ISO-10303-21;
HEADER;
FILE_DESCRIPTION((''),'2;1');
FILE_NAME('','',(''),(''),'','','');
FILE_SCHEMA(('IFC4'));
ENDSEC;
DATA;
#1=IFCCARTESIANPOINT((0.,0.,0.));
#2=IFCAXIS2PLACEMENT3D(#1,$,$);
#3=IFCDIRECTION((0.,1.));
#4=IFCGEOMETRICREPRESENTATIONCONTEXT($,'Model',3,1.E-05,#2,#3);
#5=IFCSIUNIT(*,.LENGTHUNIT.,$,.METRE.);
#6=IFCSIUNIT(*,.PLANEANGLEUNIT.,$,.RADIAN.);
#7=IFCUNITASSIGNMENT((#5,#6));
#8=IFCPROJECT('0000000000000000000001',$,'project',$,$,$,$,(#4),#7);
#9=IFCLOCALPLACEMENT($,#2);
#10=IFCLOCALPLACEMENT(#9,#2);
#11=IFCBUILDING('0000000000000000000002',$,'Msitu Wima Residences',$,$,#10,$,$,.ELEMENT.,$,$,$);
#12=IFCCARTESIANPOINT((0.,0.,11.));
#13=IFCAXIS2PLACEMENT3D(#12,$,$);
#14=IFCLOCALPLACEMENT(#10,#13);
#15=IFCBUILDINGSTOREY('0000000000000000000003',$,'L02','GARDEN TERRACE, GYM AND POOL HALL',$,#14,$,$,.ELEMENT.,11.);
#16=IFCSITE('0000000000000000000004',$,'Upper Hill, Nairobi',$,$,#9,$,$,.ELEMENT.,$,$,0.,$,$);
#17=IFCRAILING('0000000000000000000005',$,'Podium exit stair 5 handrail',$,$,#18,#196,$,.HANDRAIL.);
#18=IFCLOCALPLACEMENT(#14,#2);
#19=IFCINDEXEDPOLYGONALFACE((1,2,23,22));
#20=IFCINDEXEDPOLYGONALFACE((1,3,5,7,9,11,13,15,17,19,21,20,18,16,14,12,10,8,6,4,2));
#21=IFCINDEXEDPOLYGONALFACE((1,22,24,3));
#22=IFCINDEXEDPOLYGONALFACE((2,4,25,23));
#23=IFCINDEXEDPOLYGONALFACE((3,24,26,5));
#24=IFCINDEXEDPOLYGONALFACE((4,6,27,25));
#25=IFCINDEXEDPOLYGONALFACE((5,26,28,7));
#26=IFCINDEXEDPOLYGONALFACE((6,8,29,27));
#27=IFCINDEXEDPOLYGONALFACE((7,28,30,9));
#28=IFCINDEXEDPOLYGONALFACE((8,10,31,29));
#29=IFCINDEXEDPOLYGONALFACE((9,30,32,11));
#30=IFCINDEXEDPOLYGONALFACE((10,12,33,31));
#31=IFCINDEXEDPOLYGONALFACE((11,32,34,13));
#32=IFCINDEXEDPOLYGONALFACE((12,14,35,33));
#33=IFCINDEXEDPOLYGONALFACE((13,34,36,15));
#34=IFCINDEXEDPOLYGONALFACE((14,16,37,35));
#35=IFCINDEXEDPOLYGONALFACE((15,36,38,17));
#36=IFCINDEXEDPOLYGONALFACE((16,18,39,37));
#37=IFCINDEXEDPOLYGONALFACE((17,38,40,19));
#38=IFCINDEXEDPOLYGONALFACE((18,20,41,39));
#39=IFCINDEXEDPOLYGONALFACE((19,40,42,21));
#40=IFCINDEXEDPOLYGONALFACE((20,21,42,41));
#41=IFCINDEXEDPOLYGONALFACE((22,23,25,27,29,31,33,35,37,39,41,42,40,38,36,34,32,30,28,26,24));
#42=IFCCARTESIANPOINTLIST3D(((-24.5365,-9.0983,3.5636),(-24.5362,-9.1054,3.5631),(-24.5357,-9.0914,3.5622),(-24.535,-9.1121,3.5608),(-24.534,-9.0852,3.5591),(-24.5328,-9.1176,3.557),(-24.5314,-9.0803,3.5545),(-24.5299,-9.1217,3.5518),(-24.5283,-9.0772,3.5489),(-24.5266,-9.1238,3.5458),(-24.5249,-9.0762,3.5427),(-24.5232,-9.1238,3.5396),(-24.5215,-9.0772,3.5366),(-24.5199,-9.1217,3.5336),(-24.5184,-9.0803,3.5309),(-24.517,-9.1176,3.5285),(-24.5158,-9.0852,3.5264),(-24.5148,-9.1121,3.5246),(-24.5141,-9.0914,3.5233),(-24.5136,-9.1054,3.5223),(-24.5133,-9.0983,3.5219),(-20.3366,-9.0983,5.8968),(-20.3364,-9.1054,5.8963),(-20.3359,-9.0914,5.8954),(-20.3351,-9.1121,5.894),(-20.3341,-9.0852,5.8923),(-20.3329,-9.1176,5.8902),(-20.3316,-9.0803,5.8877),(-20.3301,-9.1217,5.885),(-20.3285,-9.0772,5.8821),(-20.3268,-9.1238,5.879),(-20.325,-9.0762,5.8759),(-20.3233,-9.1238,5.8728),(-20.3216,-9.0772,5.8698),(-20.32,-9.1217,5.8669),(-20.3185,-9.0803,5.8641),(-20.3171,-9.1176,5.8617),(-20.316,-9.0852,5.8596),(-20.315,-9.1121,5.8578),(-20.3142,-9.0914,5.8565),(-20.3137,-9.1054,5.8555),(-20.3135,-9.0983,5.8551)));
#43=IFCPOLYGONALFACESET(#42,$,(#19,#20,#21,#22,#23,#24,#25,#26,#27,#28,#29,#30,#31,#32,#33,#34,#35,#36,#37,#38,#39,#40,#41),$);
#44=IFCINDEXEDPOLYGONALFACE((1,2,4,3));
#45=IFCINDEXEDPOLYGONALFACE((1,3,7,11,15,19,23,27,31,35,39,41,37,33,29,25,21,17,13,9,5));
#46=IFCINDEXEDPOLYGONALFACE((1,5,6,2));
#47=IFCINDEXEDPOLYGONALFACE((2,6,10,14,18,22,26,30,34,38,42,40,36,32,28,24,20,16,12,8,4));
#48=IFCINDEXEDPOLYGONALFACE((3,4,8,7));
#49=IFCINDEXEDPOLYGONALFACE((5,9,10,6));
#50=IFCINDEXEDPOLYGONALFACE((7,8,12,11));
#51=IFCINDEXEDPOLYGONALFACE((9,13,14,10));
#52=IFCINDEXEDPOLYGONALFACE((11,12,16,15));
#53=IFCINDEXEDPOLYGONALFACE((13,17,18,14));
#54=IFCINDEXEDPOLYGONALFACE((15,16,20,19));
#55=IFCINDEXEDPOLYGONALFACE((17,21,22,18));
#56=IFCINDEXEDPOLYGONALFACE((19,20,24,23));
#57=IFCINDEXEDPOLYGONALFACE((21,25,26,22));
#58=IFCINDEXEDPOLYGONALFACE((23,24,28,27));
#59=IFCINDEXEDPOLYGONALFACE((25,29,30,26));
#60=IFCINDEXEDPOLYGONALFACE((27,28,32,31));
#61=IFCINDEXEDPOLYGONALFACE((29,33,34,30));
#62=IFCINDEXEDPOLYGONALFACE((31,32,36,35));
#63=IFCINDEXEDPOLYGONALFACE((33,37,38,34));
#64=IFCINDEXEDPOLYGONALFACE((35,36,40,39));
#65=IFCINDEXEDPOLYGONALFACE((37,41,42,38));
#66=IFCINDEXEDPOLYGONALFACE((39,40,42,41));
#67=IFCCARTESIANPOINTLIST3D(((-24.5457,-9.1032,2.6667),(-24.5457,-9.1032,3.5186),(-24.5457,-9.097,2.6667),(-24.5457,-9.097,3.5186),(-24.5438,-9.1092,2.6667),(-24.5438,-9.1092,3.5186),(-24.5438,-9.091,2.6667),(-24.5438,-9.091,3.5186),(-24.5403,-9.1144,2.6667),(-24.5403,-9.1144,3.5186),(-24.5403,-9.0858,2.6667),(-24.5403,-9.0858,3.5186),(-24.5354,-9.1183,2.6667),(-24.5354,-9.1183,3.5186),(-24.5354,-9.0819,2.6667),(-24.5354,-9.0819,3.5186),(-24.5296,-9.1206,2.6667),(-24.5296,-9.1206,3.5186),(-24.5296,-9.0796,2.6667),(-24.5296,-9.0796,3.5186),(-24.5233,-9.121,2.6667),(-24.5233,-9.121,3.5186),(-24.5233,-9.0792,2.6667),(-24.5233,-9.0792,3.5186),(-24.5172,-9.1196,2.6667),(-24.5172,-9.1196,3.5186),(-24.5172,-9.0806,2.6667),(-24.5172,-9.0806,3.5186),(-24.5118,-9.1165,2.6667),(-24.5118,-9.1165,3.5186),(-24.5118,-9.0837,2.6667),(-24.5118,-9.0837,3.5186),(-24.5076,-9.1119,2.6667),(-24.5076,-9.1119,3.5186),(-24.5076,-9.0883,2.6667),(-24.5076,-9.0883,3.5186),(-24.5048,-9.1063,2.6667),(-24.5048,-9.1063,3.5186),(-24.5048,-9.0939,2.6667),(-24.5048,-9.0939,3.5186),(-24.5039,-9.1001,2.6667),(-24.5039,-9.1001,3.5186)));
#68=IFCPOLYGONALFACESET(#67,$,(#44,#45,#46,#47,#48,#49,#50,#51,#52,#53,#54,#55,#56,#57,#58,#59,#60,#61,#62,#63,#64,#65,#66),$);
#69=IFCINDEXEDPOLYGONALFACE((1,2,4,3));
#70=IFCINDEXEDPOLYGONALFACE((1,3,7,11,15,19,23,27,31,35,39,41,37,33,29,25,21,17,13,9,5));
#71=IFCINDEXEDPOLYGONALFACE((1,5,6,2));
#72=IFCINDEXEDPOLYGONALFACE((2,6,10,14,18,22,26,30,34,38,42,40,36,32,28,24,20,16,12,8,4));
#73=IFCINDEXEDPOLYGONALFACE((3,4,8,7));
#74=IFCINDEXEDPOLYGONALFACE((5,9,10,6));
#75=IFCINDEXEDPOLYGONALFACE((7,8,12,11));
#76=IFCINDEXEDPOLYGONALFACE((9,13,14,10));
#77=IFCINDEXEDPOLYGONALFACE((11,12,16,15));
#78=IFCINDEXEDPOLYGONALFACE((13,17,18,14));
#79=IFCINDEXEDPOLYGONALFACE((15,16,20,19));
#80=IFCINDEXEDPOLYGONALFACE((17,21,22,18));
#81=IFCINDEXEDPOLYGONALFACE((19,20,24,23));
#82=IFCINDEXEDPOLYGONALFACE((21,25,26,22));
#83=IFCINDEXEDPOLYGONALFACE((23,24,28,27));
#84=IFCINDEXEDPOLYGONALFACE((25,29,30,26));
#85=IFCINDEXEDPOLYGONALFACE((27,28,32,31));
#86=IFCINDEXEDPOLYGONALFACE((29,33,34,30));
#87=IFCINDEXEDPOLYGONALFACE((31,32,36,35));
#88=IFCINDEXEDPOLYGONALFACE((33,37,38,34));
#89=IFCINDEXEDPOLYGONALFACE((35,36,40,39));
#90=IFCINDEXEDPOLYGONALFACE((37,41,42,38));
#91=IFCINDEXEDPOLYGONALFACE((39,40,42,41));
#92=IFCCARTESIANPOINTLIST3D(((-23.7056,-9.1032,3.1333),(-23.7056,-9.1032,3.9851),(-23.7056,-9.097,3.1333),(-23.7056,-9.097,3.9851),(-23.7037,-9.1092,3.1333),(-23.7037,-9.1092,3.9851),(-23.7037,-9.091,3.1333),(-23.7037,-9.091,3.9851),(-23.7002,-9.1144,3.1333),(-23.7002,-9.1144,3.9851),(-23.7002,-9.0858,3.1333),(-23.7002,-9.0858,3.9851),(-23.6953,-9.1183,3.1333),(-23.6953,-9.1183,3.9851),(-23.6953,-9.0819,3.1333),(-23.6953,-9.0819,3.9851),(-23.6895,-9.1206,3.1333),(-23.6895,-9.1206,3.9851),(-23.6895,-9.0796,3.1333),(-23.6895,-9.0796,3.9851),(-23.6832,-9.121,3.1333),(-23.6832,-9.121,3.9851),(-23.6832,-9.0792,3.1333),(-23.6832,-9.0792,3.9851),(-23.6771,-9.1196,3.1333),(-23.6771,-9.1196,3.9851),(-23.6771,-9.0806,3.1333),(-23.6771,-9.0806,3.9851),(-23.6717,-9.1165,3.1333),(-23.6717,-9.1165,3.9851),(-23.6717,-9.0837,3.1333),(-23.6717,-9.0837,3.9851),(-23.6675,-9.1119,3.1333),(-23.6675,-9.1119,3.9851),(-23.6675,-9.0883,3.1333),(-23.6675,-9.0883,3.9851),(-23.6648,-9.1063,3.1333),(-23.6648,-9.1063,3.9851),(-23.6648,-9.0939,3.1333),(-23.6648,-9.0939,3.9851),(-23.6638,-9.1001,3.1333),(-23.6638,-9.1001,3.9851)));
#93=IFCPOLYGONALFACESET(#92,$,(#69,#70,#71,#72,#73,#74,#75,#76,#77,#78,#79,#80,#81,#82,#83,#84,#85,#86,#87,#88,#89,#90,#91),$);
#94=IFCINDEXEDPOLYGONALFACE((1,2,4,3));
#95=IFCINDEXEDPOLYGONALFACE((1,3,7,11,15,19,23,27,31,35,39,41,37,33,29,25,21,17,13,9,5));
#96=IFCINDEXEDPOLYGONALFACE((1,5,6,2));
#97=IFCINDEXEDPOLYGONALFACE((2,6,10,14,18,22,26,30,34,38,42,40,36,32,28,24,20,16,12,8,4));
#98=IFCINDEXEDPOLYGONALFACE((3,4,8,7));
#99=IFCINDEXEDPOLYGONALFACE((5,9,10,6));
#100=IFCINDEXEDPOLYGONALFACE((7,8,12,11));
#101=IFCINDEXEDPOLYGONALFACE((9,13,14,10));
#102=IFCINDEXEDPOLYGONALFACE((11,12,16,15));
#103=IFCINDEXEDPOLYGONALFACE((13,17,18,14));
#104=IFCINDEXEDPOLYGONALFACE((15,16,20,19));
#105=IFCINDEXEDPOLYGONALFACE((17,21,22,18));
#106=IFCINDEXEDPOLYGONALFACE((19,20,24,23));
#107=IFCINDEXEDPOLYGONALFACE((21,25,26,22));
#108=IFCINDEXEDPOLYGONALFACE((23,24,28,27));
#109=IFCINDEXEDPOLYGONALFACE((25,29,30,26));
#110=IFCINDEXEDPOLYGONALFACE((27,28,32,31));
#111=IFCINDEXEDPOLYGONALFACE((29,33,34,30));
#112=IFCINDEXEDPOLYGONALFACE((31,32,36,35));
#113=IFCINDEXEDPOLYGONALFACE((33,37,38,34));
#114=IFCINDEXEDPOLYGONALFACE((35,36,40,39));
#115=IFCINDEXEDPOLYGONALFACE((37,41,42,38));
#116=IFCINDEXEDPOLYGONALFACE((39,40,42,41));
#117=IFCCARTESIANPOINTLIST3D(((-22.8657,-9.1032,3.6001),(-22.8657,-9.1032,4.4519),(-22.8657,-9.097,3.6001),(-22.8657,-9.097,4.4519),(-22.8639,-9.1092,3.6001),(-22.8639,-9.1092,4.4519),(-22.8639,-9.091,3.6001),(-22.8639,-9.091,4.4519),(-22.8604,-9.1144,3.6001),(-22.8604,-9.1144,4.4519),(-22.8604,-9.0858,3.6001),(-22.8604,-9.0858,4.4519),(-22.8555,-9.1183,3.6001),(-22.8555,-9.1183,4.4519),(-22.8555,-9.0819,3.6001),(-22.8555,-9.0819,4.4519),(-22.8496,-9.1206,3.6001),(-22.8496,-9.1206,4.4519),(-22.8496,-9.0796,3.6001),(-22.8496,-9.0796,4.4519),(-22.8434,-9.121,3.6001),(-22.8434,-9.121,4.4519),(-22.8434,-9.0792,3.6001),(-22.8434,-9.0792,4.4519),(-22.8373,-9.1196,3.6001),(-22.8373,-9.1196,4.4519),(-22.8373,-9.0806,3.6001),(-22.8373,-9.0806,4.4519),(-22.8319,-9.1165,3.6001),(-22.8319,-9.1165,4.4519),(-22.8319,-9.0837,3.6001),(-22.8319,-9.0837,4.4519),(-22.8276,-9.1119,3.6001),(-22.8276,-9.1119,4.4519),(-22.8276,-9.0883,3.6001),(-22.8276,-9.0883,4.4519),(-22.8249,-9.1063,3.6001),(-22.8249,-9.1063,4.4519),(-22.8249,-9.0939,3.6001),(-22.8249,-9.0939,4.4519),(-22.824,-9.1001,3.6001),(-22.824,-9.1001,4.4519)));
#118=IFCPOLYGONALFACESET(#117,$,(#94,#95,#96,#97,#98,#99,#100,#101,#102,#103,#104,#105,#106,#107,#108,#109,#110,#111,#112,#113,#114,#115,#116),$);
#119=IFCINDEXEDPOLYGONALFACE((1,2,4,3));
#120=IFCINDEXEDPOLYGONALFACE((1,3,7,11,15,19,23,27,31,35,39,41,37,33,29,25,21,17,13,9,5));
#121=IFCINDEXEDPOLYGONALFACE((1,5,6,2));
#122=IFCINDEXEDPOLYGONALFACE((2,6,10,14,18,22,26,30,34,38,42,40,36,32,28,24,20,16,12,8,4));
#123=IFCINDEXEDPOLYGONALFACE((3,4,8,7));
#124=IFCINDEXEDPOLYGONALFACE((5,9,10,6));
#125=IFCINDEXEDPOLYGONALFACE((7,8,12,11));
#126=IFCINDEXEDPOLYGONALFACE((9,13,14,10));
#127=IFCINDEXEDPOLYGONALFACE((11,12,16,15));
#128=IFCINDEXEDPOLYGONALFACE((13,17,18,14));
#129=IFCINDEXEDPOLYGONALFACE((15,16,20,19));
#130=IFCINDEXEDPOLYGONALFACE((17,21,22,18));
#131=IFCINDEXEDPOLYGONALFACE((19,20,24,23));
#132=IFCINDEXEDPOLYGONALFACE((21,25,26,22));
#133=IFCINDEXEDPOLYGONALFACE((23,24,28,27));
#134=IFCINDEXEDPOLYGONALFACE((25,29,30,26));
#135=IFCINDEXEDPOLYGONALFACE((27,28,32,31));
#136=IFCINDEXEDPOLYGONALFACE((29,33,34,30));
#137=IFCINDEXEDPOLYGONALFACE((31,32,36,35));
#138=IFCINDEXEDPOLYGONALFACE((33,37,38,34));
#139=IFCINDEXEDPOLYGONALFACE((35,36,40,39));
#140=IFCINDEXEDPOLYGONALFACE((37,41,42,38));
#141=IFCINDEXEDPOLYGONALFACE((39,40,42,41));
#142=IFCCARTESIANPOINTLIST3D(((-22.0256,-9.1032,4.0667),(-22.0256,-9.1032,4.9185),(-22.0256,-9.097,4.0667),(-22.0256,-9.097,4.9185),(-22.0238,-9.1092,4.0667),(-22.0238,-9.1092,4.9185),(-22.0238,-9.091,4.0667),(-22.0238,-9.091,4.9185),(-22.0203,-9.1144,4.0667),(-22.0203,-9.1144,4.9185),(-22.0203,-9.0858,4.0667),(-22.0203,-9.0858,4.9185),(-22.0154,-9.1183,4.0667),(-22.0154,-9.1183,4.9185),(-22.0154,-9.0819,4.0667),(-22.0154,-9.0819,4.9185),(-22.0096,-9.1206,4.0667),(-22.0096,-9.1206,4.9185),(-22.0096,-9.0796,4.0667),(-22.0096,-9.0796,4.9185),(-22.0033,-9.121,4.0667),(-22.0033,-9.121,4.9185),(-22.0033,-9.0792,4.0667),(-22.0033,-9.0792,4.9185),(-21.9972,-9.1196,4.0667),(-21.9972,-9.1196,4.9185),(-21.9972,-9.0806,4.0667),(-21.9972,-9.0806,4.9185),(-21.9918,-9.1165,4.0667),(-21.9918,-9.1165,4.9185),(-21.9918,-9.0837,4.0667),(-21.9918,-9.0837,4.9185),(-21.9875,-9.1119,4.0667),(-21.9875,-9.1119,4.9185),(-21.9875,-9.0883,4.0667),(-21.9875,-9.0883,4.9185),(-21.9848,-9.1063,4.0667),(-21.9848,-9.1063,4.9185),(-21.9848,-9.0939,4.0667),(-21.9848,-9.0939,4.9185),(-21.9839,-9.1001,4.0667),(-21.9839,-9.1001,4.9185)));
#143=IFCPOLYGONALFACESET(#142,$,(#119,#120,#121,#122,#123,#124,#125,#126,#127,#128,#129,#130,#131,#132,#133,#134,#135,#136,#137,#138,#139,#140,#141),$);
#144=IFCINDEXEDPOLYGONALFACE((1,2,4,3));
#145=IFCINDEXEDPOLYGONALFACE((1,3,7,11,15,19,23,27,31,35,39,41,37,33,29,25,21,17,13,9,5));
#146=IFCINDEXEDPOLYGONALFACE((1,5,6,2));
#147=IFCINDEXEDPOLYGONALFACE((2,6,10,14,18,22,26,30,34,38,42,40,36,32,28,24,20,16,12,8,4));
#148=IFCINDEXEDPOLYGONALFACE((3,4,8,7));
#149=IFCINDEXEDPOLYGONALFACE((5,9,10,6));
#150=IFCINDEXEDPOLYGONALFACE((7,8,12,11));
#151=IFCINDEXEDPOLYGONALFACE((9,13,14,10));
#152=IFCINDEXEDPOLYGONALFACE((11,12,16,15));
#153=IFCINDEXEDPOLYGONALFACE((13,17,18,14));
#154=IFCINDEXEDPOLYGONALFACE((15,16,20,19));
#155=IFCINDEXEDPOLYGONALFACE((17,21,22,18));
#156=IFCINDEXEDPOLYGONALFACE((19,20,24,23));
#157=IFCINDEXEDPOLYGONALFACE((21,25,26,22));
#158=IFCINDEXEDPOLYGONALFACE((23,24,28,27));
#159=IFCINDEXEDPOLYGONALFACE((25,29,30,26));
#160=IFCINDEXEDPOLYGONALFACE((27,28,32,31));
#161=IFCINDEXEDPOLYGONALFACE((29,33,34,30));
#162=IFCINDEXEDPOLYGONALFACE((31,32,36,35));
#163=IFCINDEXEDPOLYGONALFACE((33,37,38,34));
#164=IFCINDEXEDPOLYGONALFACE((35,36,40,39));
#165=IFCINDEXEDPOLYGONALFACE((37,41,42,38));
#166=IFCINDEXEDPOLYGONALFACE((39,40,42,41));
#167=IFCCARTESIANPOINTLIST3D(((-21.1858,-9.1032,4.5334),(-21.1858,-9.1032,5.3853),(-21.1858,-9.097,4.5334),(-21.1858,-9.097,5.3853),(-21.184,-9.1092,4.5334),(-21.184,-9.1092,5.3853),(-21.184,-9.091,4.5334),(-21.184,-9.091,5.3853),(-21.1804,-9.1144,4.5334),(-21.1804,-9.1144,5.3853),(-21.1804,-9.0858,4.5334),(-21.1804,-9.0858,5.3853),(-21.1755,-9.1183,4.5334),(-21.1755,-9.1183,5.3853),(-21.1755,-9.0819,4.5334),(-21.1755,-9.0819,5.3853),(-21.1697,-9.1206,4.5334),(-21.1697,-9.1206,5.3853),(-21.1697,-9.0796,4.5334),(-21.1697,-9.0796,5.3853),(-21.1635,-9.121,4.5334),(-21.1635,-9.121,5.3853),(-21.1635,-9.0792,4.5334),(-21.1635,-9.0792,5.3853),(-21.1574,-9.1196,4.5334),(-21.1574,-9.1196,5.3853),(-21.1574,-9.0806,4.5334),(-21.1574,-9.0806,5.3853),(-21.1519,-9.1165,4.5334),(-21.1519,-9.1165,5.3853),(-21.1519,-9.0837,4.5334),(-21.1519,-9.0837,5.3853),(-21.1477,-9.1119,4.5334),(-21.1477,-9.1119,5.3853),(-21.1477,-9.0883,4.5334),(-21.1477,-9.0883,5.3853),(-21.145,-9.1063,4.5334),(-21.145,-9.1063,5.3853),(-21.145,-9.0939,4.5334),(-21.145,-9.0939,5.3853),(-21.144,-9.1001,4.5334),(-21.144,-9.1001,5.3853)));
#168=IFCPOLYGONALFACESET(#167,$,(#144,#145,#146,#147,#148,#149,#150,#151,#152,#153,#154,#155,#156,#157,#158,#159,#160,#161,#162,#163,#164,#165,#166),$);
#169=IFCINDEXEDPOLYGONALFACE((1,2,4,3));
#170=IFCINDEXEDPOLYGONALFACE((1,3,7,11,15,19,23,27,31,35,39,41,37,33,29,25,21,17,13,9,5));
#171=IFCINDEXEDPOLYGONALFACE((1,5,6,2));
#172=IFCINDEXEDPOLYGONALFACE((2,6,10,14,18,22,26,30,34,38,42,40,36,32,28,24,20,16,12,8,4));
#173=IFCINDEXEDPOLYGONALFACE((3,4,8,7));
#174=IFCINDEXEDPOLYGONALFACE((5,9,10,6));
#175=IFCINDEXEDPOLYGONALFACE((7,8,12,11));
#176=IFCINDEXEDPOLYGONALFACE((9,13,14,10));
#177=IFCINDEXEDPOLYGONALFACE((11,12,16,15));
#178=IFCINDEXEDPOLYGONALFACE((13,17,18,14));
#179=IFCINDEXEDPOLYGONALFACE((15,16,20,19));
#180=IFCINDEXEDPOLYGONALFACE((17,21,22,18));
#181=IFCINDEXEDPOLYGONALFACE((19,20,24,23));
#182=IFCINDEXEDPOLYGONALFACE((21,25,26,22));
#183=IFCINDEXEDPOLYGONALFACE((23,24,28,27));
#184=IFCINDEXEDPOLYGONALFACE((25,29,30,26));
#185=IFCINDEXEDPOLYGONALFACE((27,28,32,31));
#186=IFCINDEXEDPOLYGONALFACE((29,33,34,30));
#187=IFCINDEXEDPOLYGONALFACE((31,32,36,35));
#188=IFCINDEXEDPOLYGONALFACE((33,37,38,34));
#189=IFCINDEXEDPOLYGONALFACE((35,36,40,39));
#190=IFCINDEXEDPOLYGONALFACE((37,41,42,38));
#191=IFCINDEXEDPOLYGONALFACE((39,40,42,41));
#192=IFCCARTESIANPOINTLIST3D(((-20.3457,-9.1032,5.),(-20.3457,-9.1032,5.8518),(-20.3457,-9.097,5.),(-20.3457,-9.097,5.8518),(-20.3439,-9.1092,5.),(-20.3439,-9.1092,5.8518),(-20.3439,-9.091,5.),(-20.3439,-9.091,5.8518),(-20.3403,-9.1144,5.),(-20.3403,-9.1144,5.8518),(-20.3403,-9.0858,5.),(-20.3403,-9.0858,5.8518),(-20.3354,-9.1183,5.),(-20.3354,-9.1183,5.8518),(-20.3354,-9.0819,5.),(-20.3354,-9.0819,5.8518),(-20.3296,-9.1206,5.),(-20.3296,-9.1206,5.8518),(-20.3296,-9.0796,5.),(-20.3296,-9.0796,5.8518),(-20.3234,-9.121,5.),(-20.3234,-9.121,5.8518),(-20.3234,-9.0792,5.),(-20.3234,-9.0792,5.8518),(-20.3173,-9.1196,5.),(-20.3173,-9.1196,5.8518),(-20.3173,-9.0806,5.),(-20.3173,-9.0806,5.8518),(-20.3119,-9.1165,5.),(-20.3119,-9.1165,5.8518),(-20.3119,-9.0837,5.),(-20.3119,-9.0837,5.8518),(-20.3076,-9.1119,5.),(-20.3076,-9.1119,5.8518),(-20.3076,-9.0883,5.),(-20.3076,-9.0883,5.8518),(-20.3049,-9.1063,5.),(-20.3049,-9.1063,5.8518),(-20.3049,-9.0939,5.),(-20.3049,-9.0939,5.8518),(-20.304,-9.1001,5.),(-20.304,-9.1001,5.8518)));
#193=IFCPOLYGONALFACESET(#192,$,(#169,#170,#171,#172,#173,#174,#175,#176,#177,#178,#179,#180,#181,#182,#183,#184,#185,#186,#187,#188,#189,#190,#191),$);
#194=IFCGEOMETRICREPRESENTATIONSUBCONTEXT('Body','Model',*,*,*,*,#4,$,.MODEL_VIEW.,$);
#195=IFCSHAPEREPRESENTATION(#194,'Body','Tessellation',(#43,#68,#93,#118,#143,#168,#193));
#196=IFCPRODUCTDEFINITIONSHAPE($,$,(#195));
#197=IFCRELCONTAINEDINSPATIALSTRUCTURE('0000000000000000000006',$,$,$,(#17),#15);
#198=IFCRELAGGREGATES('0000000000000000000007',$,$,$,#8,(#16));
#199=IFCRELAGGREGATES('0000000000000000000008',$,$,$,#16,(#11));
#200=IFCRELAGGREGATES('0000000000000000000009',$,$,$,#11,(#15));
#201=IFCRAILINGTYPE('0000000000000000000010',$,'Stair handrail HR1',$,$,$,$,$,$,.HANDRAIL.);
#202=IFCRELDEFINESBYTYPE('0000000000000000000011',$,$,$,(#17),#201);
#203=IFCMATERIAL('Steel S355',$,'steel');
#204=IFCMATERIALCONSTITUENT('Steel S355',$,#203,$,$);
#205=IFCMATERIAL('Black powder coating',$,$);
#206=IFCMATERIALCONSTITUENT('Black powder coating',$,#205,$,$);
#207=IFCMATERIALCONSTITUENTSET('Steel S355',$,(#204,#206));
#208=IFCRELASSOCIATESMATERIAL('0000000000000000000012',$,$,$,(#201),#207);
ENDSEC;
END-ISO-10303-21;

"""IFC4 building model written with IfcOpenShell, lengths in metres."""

from ifc_helpers import new_model, si_unit, direction, frame, origin, origin_2d, place, context, subcontext, project, spatial, circle, extrude, material, constituent, constituent_set, type_object, element, save


model = new_model("IFC4")

# Units and contexts
model_context = context("Model", 3, precision=1e-05, world=origin(), true_north=direction((0.0, 1.0)))
body_context = subcontext(model_context, "Body", "Model", "MODEL_VIEW")
ifc_project = project(units=[si_unit("LENGTHUNIT", "METRE"), si_unit("PLANEANGLEUNIT", "RADIAN")], contexts=[model_context])

# Site, building, storey
site_placement = place(None, origin())
site = spatial("IfcSite", under=ifc_project, at=site_placement, Name="Upper Hill, Nairobi", CompositionType="ELEMENT", RefElevation=0.0)
building_placement = place(site_placement, origin())
building = spatial("IfcBuilding", under=site, at=building_placement, Name="Msitu Wima Residences", CompositionType="ELEMENT")
storey_placement = place(building_placement, frame((0.0, 0.0, 11.0)))
storey = spatial("IfcBuildingStorey", under=building, at=storey_placement, Name="L02", Description="GARDEN TERRACE, GYM AND POOL HALL", CompositionType="ELEMENT", Elevation=11.0)

# Railing
ifc_material_1 = material(Name="Steel S355", Category="steel")
ifc_constituent_1 = constituent(ifc_material_1, Name="Steel S355")
ifc_material_2 = material(Name="Black powder coating")
ifc_constituent_2 = constituent(ifc_material_2, Name="Black powder coating")
ifc_constituent_set = constituent_set(constituents=[ifc_constituent_1, ifc_constituent_2], Name="Steel S355")
railing_type = type_object("IfcRailingType", Name="Stair handrail HR1", PredefinedType="HANDRAIL", material=ifc_constituent_set)
for number, where, name in (
    (1, (-24.5249, -9.1001, 2.6667), "Podium exit stair 5 handrail"),
):
    element("IfcRailing", number, at=place(storey_placement, frame(where)), inside=storey, type_object=railing_type, Name=name, PredefinedType="HANDRAIL", context=body_context, shape_type="SweptSolid", body=[
        extrude(circle(Radius=0.0239, at=origin_2d()), frame((0.0, 0.0, 0.876), z_axis=(0.874162, 0.0, 0.485634), x_axis=(0.0, 1.0, 0.0)), (0.0, 0.0, 1.0), 4.8044),
        extrude(circle(Radius=0.021, at=origin_2d()), origin(), (0.0, 0.0, 1.0), 0.8518),
        extrude(circle(Radius=0.021, at=origin_2d()), frame((0.8401, 0.0, 0.4666)), (0.0, 0.0, 1.0), 0.8518),
        extrude(circle(Radius=0.021, at=origin_2d()), frame((1.6799, 0.0, 0.9333)), (0.0, 0.0, 1.0), 0.8518),
        extrude(circle(Radius=0.021, at=origin_2d()), frame((2.52, 0.0, 1.3999)), (0.0, 0.0, 1.0), 0.8518),
        extrude(circle(Radius=0.021, at=origin_2d()), frame((3.3599, 0.0, 1.8667)), (0.0, 0.0, 1.0), 0.8518),
        extrude(circle(Radius=0.021, at=origin_2d()), frame((4.2, 0.0, 2.3333)), (0.0, 0.0, 1.0), 0.8518),
    ])

save(model, "model.ifc")
